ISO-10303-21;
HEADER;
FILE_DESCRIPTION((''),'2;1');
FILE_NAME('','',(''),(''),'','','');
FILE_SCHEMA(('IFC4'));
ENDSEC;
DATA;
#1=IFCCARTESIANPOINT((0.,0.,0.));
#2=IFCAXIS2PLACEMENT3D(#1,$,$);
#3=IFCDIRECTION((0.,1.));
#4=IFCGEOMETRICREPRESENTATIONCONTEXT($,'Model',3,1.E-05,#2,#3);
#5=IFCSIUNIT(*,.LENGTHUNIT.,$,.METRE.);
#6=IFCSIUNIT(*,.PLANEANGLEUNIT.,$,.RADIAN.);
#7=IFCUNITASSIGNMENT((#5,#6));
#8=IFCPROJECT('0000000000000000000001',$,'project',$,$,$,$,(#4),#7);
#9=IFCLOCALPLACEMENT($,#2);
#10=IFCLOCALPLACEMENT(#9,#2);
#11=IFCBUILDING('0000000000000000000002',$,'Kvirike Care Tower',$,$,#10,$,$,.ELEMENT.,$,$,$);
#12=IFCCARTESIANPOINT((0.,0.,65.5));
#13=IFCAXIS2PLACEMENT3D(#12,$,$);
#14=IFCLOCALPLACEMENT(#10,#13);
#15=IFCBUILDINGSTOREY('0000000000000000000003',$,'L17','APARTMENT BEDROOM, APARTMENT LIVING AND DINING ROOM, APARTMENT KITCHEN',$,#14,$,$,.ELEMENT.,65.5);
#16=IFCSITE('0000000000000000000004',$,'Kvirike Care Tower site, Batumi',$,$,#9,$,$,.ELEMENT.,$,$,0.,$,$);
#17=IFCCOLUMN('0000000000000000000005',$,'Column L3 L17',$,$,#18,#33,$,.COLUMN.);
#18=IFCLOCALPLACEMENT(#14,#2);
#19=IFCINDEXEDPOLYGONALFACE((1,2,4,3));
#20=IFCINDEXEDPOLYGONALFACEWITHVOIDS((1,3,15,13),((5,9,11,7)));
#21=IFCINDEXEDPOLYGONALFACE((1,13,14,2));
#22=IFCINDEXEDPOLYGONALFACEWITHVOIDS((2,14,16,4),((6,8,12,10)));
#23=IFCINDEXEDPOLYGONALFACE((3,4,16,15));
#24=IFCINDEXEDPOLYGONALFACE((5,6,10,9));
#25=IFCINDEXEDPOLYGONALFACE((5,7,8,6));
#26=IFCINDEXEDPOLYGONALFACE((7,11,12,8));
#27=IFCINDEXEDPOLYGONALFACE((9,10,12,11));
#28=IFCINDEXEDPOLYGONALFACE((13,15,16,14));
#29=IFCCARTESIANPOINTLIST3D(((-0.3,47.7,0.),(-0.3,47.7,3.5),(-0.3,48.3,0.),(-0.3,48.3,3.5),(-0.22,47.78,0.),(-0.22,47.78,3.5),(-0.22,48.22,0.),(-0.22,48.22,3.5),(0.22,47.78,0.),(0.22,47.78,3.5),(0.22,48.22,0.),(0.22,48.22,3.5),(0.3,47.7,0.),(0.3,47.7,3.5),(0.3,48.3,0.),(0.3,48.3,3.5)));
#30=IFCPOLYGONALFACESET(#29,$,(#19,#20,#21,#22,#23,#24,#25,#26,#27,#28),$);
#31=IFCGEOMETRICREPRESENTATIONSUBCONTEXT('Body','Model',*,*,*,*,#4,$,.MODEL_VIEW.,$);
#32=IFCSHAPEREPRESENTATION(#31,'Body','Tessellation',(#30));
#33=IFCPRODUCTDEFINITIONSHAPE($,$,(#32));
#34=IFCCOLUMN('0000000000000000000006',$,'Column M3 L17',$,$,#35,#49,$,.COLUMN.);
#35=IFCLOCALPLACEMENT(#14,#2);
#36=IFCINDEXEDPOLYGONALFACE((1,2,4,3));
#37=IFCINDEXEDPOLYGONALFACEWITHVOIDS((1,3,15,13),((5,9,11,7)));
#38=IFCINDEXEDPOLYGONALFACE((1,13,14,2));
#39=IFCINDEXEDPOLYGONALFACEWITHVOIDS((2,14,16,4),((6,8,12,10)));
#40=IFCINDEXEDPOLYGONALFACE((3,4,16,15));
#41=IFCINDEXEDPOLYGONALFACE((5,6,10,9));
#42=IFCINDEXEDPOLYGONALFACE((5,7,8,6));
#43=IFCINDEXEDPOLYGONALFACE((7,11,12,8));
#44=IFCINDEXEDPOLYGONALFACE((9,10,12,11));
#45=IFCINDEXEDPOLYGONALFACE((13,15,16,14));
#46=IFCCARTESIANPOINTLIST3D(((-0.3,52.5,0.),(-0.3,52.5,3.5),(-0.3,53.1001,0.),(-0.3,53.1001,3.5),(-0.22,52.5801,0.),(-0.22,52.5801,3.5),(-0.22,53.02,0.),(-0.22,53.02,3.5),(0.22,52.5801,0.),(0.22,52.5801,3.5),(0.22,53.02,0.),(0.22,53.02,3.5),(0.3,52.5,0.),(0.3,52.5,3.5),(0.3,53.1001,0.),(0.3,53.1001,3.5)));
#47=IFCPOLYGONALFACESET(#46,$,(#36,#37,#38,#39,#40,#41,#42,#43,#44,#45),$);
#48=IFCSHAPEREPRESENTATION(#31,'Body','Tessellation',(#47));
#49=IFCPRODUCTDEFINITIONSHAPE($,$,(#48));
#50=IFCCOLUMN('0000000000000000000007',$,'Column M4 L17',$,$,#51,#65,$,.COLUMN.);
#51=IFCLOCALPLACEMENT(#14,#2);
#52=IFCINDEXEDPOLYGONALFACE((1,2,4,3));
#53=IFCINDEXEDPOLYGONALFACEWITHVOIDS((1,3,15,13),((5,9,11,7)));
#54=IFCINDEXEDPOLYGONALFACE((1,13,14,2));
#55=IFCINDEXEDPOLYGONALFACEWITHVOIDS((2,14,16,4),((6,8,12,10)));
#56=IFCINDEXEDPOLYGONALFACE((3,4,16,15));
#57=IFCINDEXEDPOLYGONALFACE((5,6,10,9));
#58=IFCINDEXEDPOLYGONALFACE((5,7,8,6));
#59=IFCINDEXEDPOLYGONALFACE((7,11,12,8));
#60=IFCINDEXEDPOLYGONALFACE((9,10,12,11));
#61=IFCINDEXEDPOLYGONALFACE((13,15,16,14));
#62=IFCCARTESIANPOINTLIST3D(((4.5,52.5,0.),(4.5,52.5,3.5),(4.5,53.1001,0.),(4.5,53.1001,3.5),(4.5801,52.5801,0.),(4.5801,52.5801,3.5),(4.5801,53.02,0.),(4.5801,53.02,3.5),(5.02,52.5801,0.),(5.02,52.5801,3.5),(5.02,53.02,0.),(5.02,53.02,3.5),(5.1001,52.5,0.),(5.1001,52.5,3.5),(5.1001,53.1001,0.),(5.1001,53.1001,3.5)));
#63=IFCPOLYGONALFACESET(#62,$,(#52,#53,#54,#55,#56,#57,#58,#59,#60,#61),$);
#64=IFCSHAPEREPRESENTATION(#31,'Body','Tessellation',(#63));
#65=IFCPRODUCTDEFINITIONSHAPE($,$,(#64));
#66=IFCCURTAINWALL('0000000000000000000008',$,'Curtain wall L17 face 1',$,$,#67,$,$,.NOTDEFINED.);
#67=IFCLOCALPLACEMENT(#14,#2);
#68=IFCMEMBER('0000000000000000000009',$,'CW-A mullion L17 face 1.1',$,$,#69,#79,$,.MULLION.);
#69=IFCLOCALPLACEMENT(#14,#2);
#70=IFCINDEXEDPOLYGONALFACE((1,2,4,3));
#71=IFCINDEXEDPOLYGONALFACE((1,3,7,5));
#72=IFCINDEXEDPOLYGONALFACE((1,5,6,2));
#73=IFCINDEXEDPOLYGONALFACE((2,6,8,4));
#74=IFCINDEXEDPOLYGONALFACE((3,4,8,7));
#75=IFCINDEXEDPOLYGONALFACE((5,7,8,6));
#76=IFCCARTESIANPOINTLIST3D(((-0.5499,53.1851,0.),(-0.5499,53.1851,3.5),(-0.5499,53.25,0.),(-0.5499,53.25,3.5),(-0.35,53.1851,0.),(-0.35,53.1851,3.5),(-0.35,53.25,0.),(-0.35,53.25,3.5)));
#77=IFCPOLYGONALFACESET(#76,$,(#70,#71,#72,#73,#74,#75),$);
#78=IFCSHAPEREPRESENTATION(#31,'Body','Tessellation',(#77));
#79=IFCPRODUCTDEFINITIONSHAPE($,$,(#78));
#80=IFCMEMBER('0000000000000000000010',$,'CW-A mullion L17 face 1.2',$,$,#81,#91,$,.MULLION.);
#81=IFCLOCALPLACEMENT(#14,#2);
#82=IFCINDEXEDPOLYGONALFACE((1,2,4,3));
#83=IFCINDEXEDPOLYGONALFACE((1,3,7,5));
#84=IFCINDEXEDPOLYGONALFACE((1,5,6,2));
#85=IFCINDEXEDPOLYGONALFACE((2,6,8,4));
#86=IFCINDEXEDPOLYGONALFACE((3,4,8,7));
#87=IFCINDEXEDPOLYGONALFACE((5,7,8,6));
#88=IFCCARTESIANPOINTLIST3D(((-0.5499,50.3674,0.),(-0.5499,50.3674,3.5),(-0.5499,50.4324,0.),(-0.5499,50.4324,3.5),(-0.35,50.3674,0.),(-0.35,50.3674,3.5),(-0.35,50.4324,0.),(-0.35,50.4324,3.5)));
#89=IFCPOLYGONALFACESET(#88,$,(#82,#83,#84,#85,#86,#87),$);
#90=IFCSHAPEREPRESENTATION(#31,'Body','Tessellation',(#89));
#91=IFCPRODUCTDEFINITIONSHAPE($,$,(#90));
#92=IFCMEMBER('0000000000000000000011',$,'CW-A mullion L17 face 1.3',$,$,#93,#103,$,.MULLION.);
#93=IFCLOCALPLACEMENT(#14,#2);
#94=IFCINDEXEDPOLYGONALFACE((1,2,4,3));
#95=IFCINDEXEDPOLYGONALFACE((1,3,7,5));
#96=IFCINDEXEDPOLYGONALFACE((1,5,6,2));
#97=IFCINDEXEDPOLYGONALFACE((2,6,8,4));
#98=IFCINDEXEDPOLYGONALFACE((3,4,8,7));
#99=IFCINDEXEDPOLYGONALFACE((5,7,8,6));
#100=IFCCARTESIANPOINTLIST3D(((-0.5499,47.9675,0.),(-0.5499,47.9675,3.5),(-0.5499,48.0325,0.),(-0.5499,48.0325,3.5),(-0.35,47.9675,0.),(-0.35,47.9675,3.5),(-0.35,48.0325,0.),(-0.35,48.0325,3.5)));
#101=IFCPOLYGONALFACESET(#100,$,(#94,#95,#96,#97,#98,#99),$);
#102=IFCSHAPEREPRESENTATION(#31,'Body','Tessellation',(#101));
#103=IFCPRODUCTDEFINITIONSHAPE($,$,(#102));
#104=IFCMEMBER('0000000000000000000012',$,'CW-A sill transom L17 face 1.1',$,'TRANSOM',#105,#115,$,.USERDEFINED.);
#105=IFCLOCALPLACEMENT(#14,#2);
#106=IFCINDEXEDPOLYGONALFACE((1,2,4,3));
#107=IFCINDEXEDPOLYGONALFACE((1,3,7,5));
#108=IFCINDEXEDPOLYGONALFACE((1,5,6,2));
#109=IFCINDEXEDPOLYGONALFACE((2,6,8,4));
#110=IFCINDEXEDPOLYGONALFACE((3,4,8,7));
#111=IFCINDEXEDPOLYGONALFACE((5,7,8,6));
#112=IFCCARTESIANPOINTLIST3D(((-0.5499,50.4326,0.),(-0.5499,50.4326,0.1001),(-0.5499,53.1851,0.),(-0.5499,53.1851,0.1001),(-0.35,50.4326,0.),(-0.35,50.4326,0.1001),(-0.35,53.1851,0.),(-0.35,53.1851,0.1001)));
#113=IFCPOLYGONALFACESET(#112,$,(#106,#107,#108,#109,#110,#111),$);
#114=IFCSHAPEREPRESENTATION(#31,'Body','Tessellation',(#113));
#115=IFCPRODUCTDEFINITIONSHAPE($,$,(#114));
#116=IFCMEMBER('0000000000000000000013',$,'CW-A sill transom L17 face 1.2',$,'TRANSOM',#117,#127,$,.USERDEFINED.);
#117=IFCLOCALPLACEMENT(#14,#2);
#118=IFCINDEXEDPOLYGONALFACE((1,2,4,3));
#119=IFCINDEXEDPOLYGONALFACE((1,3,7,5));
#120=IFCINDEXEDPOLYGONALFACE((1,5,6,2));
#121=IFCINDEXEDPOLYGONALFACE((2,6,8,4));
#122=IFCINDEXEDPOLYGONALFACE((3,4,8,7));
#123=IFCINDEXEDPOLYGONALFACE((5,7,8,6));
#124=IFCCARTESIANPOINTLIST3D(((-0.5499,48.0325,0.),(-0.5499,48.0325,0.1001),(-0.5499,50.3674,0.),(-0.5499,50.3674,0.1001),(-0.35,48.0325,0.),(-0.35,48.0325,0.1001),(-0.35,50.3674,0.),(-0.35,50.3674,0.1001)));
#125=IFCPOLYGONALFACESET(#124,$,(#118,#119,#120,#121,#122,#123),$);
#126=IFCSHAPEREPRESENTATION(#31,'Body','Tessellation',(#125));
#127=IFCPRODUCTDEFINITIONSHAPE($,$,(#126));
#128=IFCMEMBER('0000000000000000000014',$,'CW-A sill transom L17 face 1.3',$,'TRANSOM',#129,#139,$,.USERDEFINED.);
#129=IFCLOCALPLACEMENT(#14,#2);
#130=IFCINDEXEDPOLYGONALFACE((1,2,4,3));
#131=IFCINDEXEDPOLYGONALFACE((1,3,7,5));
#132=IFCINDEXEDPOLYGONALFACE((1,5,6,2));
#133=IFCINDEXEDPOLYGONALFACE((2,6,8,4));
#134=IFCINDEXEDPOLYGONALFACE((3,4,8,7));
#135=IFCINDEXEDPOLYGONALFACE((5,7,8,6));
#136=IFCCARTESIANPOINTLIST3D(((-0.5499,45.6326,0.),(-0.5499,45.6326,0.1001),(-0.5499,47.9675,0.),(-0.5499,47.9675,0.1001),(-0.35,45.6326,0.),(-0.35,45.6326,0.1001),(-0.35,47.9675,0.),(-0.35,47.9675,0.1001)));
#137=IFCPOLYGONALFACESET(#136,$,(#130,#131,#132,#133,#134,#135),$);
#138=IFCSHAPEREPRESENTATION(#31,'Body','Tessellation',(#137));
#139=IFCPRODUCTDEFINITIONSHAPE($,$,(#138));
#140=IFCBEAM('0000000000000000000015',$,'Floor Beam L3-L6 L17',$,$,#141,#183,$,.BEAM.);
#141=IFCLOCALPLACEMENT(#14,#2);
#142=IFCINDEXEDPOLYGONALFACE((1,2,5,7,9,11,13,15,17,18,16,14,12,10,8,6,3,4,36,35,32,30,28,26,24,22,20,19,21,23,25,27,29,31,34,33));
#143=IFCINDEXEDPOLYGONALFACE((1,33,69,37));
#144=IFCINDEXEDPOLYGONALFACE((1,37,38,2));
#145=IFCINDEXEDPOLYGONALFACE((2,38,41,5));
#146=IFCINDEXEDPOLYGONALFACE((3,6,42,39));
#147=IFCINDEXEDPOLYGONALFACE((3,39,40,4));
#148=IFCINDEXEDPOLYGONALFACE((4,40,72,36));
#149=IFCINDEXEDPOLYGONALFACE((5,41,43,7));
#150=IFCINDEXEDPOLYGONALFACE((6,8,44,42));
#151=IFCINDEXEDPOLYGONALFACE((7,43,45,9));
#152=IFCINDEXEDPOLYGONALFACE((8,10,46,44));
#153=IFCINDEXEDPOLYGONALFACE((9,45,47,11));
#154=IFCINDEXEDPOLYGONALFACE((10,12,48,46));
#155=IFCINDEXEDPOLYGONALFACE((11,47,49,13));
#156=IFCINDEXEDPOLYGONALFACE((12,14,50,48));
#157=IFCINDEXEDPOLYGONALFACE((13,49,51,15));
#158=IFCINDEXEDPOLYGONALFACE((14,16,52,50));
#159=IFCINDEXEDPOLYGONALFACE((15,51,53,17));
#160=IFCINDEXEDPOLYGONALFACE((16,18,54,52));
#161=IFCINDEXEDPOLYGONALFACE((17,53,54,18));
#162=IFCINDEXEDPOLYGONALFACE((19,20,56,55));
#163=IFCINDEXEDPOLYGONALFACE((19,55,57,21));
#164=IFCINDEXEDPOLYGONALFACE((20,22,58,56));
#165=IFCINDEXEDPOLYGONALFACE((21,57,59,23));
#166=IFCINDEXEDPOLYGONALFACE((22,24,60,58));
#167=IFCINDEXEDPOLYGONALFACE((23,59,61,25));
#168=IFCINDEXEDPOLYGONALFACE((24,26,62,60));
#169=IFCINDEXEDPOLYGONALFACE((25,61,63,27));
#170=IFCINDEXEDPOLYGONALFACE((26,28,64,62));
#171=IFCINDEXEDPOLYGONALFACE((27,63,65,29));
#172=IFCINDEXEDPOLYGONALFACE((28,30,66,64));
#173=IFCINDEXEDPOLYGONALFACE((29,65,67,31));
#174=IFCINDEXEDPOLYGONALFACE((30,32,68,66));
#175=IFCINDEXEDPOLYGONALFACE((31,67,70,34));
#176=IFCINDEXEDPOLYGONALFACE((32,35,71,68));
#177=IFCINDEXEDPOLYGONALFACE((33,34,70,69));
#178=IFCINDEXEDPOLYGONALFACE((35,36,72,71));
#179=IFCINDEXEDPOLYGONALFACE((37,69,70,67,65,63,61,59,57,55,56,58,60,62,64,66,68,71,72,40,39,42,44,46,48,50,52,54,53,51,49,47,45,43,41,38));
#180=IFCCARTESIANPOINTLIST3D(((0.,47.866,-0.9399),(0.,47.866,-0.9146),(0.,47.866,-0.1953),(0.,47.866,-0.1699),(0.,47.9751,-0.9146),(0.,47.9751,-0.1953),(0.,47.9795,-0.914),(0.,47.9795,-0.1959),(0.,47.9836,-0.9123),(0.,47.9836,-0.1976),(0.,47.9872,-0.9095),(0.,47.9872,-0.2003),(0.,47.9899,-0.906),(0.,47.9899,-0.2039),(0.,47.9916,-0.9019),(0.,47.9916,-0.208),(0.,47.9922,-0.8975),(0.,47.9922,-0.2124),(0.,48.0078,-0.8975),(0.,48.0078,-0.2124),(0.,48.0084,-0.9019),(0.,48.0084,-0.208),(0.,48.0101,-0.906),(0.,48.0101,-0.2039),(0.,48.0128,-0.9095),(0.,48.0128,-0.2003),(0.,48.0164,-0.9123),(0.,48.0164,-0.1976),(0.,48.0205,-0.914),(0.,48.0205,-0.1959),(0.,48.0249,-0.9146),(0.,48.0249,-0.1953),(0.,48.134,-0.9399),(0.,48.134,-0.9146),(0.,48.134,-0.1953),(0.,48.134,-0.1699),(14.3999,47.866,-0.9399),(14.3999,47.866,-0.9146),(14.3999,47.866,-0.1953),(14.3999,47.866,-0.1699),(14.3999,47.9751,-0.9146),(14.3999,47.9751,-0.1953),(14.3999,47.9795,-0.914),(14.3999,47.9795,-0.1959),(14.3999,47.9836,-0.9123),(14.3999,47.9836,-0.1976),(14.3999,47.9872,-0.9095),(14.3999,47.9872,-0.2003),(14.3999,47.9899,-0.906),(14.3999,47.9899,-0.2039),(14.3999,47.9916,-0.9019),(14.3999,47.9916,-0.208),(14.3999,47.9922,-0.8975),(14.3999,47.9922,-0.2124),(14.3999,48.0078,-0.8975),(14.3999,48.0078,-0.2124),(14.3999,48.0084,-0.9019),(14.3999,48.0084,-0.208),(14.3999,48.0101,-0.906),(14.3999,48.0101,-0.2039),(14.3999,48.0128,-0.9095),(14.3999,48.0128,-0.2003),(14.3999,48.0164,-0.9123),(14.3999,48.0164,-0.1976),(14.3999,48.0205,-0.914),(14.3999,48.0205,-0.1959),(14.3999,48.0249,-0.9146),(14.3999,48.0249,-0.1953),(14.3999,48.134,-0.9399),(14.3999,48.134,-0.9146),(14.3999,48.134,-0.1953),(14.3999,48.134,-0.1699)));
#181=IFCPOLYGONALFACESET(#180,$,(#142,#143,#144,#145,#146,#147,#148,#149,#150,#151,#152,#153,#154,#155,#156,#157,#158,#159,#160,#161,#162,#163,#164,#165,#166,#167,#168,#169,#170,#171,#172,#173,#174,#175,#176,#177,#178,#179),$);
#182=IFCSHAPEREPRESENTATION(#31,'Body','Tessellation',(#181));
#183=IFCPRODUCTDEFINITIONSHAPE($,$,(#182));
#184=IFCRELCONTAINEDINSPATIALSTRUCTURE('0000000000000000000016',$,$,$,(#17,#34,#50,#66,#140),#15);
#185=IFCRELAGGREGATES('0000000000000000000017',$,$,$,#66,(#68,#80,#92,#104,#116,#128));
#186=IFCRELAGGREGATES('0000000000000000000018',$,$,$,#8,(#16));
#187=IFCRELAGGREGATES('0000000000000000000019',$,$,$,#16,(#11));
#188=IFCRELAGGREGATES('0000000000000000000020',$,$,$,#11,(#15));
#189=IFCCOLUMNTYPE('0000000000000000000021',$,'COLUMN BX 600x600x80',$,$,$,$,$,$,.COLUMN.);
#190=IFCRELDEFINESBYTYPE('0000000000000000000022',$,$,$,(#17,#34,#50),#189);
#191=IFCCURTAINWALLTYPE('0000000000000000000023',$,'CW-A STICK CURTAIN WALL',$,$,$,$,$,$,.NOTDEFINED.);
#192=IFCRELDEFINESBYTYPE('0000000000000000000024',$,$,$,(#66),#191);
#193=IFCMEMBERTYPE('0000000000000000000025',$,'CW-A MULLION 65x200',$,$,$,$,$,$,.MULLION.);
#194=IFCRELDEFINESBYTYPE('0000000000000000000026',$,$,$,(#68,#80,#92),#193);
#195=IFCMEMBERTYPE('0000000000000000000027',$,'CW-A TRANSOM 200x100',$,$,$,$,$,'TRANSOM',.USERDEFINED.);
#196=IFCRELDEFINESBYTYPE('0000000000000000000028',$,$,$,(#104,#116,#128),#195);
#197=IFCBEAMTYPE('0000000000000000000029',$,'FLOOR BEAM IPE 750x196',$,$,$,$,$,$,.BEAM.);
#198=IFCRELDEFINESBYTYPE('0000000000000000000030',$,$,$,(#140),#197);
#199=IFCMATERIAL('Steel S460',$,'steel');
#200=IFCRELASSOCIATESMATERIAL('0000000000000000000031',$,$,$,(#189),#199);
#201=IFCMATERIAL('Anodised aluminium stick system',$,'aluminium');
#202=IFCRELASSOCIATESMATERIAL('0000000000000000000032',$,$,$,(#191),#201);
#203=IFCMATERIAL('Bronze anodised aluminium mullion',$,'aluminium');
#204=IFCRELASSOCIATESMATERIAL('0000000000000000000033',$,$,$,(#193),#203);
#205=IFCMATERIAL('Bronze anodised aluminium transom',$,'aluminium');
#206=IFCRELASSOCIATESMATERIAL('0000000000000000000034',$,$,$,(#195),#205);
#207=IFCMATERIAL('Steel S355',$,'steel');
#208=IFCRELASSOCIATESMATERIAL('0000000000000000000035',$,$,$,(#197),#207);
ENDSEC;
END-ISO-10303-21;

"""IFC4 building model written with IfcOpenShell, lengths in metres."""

from ifc_helpers import new_model, si_unit, direction, frame, origin, origin_2d, place, context, subcontext, project, spatial, rectangle, hollow_rectangle, i_section, extrude, material, material_profile, profile_set, type_object, element, aggregate, save


model = new_model("IFC4")

# Units and contexts
model_context = context("Model", 3, precision=1e-05, world=origin(), true_north=direction((0.0, 1.0)))
body_context = subcontext(model_context, "Body", "Model", "MODEL_VIEW")
ifc_project = project(units=[si_unit("LENGTHUNIT", "METRE"), si_unit("PLANEANGLEUNIT", "RADIAN")], contexts=[model_context])

# Site, building, storey
site_placement = place(None, origin())
site = spatial("IfcSite", under=ifc_project, at=site_placement, Name="Kvirike Care Tower site, Batumi", CompositionType="ELEMENT", RefElevation=0.0)
building_placement = place(site_placement, origin())
building = spatial("IfcBuilding", under=site, at=building_placement, Name="Kvirike Care Tower", CompositionType="ELEMENT")
storey_placement = place(building_placement, frame((0.0, 0.0, 65.5)))
storey = spatial("IfcBuildingStorey", under=building, at=storey_placement, Name="L17", Description="APARTMENT BEDROOM, APARTMENT LIVING AND DINING ROOM, APARTMENT KITCHEN", CompositionType="ELEMENT", Elevation=65.5)

# Columns
ifc_material_1 = material(Name="Steel S460", Category="steel")
ifc_material_profile_1 = material_profile(ifc_material_1, hollow_rectangle(XDim=0.6001, YDim=0.6001, WallThickness=0.0801, at=origin_2d()), Name="BX 600x600x80")
ifc_profile_set_1 = profile_set([ifc_material_profile_1], Name="Steel S460")
column_type = type_object("IfcColumnType", Name="COLUMN BX 600x600x80", PredefinedType="COLUMN", material=ifc_profile_set_1)
for number, where, z_axis, x_axis, name in (
    (1, (0.0, 48.0, 0.0), (0.0, 0.0, 1.0), (1.0, 0.0, 0.0), "Column L3 L17"),
    (2, (0.0, 52.8, 0.0), (0.0, 0.0, 1.0), (0.0, 1.0, 0.0), "Column M3 L17"),
    (3, (4.8, 52.8, 0.0), (0.0, 0.0, 1.0), (0.0, 1.0, 0.0), "Column M4 L17"),
):
    element("IfcColumn", number, at=place(storey_placement, frame(where, z_axis=z_axis, x_axis=x_axis)), inside=storey, type_object=column_type, Name=name, PredefinedType="COLUMN", context=body_context, shape_type="SweptSolid", body=[
        extrude(hollow_rectangle(XDim=0.6001, YDim=0.6001, WallThickness=0.0801, at=origin_2d()), origin(), (0.0, 0.0, 1.0), 3.5),
    ])

# Curtain wall, members
ifc_material_2 = material(Name="Anodised aluminium stick system", Category="aluminium")
curtain_wall_type = type_object("IfcCurtainWallType", Name="CW-A STICK CURTAIN WALL", PredefinedType="NOTDEFINED", material=ifc_material_2)
curtain_wall_placement = place(storey_placement, origin())
curtain_wall = element("IfcCurtainWall", 4, at=curtain_wall_placement, inside=storey, type_object=curtain_wall_type, Name="Curtain wall L17 face 1", PredefinedType="NOTDEFINED")
ifc_material_3 = material(Name="Bronze anodised aluminium mullion", Category="aluminium")
ifc_material_profile_2 = material_profile(ifc_material_3, rectangle(XDim=0.0649, YDim=0.2, at=origin_2d()), Name="CW-A MULLION 65x200")
ifc_profile_set_2 = profile_set([ifc_material_profile_2], Name="Bronze anodised aluminium mullion")
member_type_1 = type_object("IfcMemberType", Name="CW-A MULLION 65x200", PredefinedType="MULLION", material=ifc_profile_set_2)
member_1_placement = place(storey_placement, frame((-0.45, 53.2175, 0.0), z_axis=(0.0, 0.0, 1.0), x_axis=(0.0, -1.0, 0.0)))
member_1 = element("IfcMember", 5, at=member_1_placement, type_object=member_type_1, Name="CW-A mullion L17 face 1.1", PredefinedType="MULLION", context=body_context, shape_type="SweptSolid", body=[
    extrude(rectangle(XDim=0.0649, YDim=0.2, at=origin_2d()), origin(), (0.0, 0.0, 1.0), 3.5),
])
member_2_placement = place(storey_placement, frame((-0.45, 50.3999, 0.0), z_axis=(0.0, 0.0, 1.0), x_axis=(0.0, -1.0, 0.0)))
member_2 = element("IfcMember", 6, at=member_2_placement, type_object=member_type_1, Name="CW-A mullion L17 face 1.2", PredefinedType="MULLION", context=body_context, shape_type="SweptSolid", body=[
    extrude(rectangle(XDim=0.0649, YDim=0.2, at=origin_2d()), origin(), (0.0, 0.0, 1.0), 3.5),
])
member_3_placement = place(storey_placement, frame((-0.45, 48.0, 0.0), z_axis=(0.0, 0.0, 1.0), x_axis=(0.0, -1.0, 0.0)))
member_3 = element("IfcMember", 7, at=member_3_placement, type_object=member_type_1, Name="CW-A mullion L17 face 1.3", PredefinedType="MULLION", context=body_context, shape_type="SweptSolid", body=[
    extrude(rectangle(XDim=0.0649, YDim=0.2, at=origin_2d()), origin(), (0.0, 0.0, 1.0), 3.5),
])
ifc_material_4 = material(Name="Bronze anodised aluminium transom", Category="aluminium")
ifc_material_profile_3 = material_profile(ifc_material_4, rectangle(XDim=0.2, YDim=0.1001, at=origin_2d()), Name="CW-A TRANSOM 200x100")
ifc_profile_set_3 = profile_set([ifc_material_profile_3], Name="Bronze anodised aluminium transom")
member_type_2 = type_object("IfcMemberType", Name="CW-A TRANSOM 200x100", ElementType="TRANSOM", PredefinedType="USERDEFINED", material=ifc_profile_set_3)
member_4_placement = place(storey_placement, frame((-0.45, 53.1851, 0.05), z_axis=(0.0, -1.0, 0.0), x_axis=(1.0, 0.0, 0.0)))
member_4 = element("IfcMember", 8, at=member_4_placement, type_object=member_type_2, Name="CW-A sill transom L17 face 1.1", ObjectType="TRANSOM", PredefinedType="USERDEFINED", context=body_context, shape_type="SweptSolid", body=[
    extrude(rectangle(XDim=0.2, YDim=0.1001, at=origin_2d()), origin(), (0.0, 0.0, 1.0), 2.7524),
])
member_5_placement = place(storey_placement, frame((-0.45, 50.3674, 0.05), z_axis=(0.0, -1.0, 0.0), x_axis=(1.0, 0.0, 0.0)))
member_5 = element("IfcMember", 9, at=member_5_placement, type_object=member_type_2, Name="CW-A sill transom L17 face 1.2", ObjectType="TRANSOM", PredefinedType="USERDEFINED", context=body_context, shape_type="SweptSolid", body=[
    extrude(rectangle(XDim=0.2, YDim=0.1001, at=origin_2d()), origin(), (0.0, 0.0, 1.0), 2.335),
])
member_6_placement = place(storey_placement, frame((-0.45, 47.9675, 0.05), z_axis=(0.0, -1.0, 0.0), x_axis=(1.0, 0.0, 0.0)))
member_6 = element("IfcMember", 10, at=member_6_placement, type_object=member_type_2, Name="CW-A sill transom L17 face 1.3", ObjectType="TRANSOM", PredefinedType="USERDEFINED", context=body_context, shape_type="SweptSolid", body=[
    extrude(rectangle(XDim=0.2, YDim=0.1001, at=origin_2d()), origin(), (0.0, 0.0, 1.0), 2.335),
])

# Beam
ifc_material_5 = material(Name="Steel S355", Category="steel")
ifc_material_profile_4 = material_profile(ifc_material_5, i_section(OverallWidth=0.2681, OverallDepth=0.77, WebThickness=0.0156, FlangeThickness=0.0254, FilletRadius=0.0171, at=origin_2d()), Name="IPE 750x196")
ifc_profile_set_4 = profile_set([ifc_material_profile_4], Name="Steel S355")
beam_type_1 = type_object("IfcBeamType", Name="FLOOR BEAM IPE 750x196", PredefinedType="BEAM", material=ifc_profile_set_4)
beam_1_placement = place(storey_placement, frame((0.0, 48.0, -0.5549), z_axis=(1.0, 0.0, 0.0), x_axis=(0.0, 1.0, 0.0)))
element("IfcBeam", 11, at=beam_1_placement, inside=storey, type_object=beam_type_1, Name="Floor Beam L3-L6 L17", PredefinedType="BEAM", context=body_context, shape_type="SweptSolid", body=[
    extrude(i_section(OverallWidth=0.2681, OverallDepth=0.77, WebThickness=0.0156, FlangeThickness=0.0254, FilletRadius=0.0171, at=origin_2d()), origin(), (0.0, 0.0, 1.0), 14.3999),
])

aggregate(curtain_wall, [member_1, member_2, member_3, member_4, member_5, member_6])

save(model, "model.ifc")
